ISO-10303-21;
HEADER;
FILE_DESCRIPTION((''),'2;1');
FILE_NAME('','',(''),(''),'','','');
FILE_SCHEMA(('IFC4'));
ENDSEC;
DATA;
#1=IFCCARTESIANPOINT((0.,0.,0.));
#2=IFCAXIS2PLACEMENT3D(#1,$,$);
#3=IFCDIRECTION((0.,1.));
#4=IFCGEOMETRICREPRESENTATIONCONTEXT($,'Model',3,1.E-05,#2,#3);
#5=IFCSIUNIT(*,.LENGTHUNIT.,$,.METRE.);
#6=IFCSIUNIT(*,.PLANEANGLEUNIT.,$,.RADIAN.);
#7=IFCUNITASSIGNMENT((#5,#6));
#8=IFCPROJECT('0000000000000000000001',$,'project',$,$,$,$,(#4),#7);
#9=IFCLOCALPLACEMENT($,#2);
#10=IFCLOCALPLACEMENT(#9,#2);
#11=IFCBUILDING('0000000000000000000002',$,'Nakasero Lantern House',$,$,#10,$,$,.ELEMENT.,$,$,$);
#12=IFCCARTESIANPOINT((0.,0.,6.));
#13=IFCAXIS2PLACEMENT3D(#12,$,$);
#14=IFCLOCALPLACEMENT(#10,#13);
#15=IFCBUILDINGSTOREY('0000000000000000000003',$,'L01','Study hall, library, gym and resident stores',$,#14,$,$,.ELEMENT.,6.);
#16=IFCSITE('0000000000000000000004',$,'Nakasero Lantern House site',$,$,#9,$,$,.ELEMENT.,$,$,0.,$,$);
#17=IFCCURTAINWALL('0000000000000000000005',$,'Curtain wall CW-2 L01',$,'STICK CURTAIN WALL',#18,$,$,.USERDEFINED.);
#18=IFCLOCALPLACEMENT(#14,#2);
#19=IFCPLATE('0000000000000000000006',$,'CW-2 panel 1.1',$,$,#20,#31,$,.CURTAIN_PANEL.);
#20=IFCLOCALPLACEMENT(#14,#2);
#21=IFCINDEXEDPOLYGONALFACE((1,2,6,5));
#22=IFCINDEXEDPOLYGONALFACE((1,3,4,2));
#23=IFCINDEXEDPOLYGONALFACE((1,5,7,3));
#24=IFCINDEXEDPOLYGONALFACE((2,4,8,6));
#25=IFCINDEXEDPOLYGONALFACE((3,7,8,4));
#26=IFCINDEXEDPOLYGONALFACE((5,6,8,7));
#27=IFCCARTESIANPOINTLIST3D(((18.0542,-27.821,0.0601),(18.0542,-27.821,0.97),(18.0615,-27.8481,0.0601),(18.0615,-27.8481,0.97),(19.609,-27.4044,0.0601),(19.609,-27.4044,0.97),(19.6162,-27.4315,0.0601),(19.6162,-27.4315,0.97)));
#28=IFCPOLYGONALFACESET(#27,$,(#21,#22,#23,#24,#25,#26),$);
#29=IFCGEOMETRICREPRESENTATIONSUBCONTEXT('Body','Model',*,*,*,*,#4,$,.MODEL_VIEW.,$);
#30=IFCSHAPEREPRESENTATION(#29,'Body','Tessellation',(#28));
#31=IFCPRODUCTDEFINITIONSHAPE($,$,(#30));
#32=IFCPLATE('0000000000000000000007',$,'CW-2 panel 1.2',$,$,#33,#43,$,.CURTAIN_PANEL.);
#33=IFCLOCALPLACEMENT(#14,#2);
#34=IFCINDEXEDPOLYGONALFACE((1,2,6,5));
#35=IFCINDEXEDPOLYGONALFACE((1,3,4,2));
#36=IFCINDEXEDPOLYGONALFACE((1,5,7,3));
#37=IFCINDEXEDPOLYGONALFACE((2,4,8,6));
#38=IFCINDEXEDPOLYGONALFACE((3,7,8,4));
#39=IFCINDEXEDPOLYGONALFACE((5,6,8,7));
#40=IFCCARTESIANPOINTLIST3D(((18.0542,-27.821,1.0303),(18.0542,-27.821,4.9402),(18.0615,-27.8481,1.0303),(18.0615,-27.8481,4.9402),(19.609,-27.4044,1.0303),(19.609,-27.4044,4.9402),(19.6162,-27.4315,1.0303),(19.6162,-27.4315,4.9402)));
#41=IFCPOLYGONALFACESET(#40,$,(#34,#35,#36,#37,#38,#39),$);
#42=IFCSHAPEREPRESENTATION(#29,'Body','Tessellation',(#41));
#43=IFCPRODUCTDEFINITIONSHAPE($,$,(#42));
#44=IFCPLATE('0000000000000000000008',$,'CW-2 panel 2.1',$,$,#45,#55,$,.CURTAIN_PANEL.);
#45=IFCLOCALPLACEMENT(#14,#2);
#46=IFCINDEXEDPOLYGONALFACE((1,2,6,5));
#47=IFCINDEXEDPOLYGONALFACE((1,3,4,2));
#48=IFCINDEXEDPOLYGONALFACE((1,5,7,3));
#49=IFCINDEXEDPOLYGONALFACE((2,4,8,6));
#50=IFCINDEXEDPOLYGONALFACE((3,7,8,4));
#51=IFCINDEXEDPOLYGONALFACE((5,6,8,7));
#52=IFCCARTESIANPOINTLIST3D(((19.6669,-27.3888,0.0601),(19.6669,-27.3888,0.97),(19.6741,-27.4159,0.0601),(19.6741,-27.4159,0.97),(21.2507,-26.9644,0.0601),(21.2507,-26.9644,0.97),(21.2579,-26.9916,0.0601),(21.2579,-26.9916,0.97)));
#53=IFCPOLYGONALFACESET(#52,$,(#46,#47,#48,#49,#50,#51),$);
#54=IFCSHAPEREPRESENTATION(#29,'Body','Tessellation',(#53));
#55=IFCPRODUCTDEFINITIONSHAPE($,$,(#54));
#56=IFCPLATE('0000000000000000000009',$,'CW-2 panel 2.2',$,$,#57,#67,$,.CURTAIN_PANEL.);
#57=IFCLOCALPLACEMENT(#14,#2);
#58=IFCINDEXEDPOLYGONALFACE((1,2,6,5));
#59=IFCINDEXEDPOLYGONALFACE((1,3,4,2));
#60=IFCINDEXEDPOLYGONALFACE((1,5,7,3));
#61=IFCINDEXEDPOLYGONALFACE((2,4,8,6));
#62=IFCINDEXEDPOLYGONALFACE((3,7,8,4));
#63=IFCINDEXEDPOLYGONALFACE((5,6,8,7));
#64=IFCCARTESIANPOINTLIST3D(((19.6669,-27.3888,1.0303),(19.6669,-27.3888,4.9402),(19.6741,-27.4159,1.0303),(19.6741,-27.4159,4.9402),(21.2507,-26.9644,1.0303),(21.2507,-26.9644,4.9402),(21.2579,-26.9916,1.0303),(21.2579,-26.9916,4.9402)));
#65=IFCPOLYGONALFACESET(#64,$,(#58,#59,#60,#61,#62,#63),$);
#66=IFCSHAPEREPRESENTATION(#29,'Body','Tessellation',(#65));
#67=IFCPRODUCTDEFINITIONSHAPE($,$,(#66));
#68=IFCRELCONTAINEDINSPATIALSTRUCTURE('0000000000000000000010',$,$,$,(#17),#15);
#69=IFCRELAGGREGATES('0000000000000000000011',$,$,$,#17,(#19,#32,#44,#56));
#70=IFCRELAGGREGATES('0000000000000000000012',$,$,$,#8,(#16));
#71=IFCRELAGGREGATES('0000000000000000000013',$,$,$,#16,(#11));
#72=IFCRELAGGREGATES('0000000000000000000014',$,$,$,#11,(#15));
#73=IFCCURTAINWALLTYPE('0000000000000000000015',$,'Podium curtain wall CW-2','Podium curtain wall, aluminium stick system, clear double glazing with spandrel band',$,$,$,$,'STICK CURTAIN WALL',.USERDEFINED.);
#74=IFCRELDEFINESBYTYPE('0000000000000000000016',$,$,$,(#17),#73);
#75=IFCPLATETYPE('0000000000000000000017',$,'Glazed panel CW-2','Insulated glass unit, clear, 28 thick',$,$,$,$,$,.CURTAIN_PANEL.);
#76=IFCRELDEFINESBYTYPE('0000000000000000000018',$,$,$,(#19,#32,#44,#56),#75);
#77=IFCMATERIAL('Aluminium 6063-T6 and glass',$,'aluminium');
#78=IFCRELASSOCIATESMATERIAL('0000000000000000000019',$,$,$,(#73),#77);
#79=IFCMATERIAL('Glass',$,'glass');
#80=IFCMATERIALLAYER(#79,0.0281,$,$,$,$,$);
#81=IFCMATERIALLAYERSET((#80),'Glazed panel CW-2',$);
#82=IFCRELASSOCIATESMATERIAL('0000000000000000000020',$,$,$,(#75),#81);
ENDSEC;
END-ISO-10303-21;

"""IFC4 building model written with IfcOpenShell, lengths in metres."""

from ifc_helpers import new_model, si_unit, direction, frame, origin, origin_2d, place, context, subcontext, project, spatial, rectangle, extrude, material, layer, layer_set, type_object, element, aggregate, save


model = new_model("IFC4")

# Units and contexts
model_context = context("Model", 3, precision=1e-05, world=origin(), true_north=direction((0.0, 1.0)))
body_context = subcontext(model_context, "Body", "Model", "MODEL_VIEW")
ifc_project = project(units=[si_unit("LENGTHUNIT", "METRE"), si_unit("PLANEANGLEUNIT", "RADIAN")], contexts=[model_context])

# Site, building, storey
site_placement = place(None, origin())
site = spatial("IfcSite", under=ifc_project, at=site_placement, Name="Nakasero Lantern House site", CompositionType="ELEMENT", RefElevation=0.0)
building_placement = place(site_placement, origin())
building = spatial("IfcBuilding", under=site, at=building_placement, Name="Nakasero Lantern House", CompositionType="ELEMENT")
storey_placement = place(building_placement, frame((0.0, 0.0, 6.0)))
storey = spatial("IfcBuildingStorey", under=building, at=storey_placement, Name="L01", Description="Study hall, library, gym and resident stores", CompositionType="ELEMENT", Elevation=6.0)

# Shared definitions
ifc_material_1 = material(Name="Aluminium 6063-T6 and glass", Category="aluminium")
curtain_wall_type = type_object("IfcCurtainWallType", Name="Podium curtain wall CW-2", Description="Podium curtain wall, aluminium stick system, clear double glazing with spandrel band", ElementType="STICK CURTAIN WALL", PredefinedType="USERDEFINED", material=ifc_material_1)

# Curtain wall
curtain_wall_1_placement = place(storey_placement, origin())
curtain_wall_1 = element("IfcCurtainWall", 1, at=curtain_wall_1_placement, inside=storey, type_object=curtain_wall_type, Name="Curtain wall CW-2 L01", ObjectType="STICK CURTAIN WALL", PredefinedType="USERDEFINED")

# Plates
ifc_material_2 = material(Name="Glass", Category="glass")
ifc_layer = layer(ifc_material_2, 0.0281)
ifc_layer_set = layer_set([ifc_layer], Name="Glazed panel CW-2")
plate_type = type_object("IfcPlateType", Name="Glazed panel CW-2", Description="Insulated glass unit, clear, 28 thick", PredefinedType="CURTAIN_PANEL", material=ifc_layer_set)
plate_1_placement = place(storey_placement, frame((18.8352, -27.6262, 0.0601), z_axis=(0.0, 0.0, 1.0), x_axis=(0.965926, 0.258819, 0.0)))
plate_1 = element("IfcPlate", 2, at=plate_1_placement, type_object=plate_type, Name="CW-2 panel 1.1", PredefinedType="CURTAIN_PANEL", context=body_context, shape_type="SweptSolid", body=[
    extrude(rectangle(XDim=1.6096, YDim=0.0281, at=origin_2d()), origin(), (0.0, 0.0, 1.0), 0.9099),
])
plate_2_placement = place(storey_placement, frame((18.8352, -27.6262, 1.0303), z_axis=(0.0, 0.0, 1.0), x_axis=(0.965926, 0.258819, 0.0)))
plate_2 = element("IfcPlate", 3, at=plate_2_placement, type_object=plate_type, Name="CW-2 panel 1.2", PredefinedType="CURTAIN_PANEL", context=body_context, shape_type="SweptSolid", body=[
    extrude(rectangle(XDim=1.6096, YDim=0.0281, at=origin_2d()), origin(), (0.0, 0.0, 1.0), 3.9099),
])
plate_3_placement = place(storey_placement, frame((20.4624, -27.1902, 0.0601), z_axis=(0.0, 0.0, 1.0), x_axis=(0.965926, 0.258819, 0.0)))
plate_3 = element("IfcPlate", 4, at=plate_3_placement, type_object=plate_type, Name="CW-2 panel 2.1", PredefinedType="CURTAIN_PANEL", context=body_context, shape_type="SweptSolid", body=[
    extrude(rectangle(XDim=1.6396, YDim=0.0281, at=origin_2d()), origin(), (0.0, 0.0, 1.0), 0.9099),
])
plate_4_placement = place(storey_placement, frame((20.4624, -27.1902, 1.0303), z_axis=(0.0, 0.0, 1.0), x_axis=(0.965926, 0.258819, 0.0)))
plate_4 = element("IfcPlate", 5, at=plate_4_placement, type_object=plate_type, Name="CW-2 panel 2.2", PredefinedType="CURTAIN_PANEL", context=body_context, shape_type="SweptSolid", body=[
    extrude(rectangle(XDim=1.6396, YDim=0.0281, at=origin_2d()), origin(), (0.0, 0.0, 1.0), 3.9099),
])
aggregate(curtain_wall_1, [plate_1, plate_2, plate_3, plate_4])

save(model, "model.ifc")
